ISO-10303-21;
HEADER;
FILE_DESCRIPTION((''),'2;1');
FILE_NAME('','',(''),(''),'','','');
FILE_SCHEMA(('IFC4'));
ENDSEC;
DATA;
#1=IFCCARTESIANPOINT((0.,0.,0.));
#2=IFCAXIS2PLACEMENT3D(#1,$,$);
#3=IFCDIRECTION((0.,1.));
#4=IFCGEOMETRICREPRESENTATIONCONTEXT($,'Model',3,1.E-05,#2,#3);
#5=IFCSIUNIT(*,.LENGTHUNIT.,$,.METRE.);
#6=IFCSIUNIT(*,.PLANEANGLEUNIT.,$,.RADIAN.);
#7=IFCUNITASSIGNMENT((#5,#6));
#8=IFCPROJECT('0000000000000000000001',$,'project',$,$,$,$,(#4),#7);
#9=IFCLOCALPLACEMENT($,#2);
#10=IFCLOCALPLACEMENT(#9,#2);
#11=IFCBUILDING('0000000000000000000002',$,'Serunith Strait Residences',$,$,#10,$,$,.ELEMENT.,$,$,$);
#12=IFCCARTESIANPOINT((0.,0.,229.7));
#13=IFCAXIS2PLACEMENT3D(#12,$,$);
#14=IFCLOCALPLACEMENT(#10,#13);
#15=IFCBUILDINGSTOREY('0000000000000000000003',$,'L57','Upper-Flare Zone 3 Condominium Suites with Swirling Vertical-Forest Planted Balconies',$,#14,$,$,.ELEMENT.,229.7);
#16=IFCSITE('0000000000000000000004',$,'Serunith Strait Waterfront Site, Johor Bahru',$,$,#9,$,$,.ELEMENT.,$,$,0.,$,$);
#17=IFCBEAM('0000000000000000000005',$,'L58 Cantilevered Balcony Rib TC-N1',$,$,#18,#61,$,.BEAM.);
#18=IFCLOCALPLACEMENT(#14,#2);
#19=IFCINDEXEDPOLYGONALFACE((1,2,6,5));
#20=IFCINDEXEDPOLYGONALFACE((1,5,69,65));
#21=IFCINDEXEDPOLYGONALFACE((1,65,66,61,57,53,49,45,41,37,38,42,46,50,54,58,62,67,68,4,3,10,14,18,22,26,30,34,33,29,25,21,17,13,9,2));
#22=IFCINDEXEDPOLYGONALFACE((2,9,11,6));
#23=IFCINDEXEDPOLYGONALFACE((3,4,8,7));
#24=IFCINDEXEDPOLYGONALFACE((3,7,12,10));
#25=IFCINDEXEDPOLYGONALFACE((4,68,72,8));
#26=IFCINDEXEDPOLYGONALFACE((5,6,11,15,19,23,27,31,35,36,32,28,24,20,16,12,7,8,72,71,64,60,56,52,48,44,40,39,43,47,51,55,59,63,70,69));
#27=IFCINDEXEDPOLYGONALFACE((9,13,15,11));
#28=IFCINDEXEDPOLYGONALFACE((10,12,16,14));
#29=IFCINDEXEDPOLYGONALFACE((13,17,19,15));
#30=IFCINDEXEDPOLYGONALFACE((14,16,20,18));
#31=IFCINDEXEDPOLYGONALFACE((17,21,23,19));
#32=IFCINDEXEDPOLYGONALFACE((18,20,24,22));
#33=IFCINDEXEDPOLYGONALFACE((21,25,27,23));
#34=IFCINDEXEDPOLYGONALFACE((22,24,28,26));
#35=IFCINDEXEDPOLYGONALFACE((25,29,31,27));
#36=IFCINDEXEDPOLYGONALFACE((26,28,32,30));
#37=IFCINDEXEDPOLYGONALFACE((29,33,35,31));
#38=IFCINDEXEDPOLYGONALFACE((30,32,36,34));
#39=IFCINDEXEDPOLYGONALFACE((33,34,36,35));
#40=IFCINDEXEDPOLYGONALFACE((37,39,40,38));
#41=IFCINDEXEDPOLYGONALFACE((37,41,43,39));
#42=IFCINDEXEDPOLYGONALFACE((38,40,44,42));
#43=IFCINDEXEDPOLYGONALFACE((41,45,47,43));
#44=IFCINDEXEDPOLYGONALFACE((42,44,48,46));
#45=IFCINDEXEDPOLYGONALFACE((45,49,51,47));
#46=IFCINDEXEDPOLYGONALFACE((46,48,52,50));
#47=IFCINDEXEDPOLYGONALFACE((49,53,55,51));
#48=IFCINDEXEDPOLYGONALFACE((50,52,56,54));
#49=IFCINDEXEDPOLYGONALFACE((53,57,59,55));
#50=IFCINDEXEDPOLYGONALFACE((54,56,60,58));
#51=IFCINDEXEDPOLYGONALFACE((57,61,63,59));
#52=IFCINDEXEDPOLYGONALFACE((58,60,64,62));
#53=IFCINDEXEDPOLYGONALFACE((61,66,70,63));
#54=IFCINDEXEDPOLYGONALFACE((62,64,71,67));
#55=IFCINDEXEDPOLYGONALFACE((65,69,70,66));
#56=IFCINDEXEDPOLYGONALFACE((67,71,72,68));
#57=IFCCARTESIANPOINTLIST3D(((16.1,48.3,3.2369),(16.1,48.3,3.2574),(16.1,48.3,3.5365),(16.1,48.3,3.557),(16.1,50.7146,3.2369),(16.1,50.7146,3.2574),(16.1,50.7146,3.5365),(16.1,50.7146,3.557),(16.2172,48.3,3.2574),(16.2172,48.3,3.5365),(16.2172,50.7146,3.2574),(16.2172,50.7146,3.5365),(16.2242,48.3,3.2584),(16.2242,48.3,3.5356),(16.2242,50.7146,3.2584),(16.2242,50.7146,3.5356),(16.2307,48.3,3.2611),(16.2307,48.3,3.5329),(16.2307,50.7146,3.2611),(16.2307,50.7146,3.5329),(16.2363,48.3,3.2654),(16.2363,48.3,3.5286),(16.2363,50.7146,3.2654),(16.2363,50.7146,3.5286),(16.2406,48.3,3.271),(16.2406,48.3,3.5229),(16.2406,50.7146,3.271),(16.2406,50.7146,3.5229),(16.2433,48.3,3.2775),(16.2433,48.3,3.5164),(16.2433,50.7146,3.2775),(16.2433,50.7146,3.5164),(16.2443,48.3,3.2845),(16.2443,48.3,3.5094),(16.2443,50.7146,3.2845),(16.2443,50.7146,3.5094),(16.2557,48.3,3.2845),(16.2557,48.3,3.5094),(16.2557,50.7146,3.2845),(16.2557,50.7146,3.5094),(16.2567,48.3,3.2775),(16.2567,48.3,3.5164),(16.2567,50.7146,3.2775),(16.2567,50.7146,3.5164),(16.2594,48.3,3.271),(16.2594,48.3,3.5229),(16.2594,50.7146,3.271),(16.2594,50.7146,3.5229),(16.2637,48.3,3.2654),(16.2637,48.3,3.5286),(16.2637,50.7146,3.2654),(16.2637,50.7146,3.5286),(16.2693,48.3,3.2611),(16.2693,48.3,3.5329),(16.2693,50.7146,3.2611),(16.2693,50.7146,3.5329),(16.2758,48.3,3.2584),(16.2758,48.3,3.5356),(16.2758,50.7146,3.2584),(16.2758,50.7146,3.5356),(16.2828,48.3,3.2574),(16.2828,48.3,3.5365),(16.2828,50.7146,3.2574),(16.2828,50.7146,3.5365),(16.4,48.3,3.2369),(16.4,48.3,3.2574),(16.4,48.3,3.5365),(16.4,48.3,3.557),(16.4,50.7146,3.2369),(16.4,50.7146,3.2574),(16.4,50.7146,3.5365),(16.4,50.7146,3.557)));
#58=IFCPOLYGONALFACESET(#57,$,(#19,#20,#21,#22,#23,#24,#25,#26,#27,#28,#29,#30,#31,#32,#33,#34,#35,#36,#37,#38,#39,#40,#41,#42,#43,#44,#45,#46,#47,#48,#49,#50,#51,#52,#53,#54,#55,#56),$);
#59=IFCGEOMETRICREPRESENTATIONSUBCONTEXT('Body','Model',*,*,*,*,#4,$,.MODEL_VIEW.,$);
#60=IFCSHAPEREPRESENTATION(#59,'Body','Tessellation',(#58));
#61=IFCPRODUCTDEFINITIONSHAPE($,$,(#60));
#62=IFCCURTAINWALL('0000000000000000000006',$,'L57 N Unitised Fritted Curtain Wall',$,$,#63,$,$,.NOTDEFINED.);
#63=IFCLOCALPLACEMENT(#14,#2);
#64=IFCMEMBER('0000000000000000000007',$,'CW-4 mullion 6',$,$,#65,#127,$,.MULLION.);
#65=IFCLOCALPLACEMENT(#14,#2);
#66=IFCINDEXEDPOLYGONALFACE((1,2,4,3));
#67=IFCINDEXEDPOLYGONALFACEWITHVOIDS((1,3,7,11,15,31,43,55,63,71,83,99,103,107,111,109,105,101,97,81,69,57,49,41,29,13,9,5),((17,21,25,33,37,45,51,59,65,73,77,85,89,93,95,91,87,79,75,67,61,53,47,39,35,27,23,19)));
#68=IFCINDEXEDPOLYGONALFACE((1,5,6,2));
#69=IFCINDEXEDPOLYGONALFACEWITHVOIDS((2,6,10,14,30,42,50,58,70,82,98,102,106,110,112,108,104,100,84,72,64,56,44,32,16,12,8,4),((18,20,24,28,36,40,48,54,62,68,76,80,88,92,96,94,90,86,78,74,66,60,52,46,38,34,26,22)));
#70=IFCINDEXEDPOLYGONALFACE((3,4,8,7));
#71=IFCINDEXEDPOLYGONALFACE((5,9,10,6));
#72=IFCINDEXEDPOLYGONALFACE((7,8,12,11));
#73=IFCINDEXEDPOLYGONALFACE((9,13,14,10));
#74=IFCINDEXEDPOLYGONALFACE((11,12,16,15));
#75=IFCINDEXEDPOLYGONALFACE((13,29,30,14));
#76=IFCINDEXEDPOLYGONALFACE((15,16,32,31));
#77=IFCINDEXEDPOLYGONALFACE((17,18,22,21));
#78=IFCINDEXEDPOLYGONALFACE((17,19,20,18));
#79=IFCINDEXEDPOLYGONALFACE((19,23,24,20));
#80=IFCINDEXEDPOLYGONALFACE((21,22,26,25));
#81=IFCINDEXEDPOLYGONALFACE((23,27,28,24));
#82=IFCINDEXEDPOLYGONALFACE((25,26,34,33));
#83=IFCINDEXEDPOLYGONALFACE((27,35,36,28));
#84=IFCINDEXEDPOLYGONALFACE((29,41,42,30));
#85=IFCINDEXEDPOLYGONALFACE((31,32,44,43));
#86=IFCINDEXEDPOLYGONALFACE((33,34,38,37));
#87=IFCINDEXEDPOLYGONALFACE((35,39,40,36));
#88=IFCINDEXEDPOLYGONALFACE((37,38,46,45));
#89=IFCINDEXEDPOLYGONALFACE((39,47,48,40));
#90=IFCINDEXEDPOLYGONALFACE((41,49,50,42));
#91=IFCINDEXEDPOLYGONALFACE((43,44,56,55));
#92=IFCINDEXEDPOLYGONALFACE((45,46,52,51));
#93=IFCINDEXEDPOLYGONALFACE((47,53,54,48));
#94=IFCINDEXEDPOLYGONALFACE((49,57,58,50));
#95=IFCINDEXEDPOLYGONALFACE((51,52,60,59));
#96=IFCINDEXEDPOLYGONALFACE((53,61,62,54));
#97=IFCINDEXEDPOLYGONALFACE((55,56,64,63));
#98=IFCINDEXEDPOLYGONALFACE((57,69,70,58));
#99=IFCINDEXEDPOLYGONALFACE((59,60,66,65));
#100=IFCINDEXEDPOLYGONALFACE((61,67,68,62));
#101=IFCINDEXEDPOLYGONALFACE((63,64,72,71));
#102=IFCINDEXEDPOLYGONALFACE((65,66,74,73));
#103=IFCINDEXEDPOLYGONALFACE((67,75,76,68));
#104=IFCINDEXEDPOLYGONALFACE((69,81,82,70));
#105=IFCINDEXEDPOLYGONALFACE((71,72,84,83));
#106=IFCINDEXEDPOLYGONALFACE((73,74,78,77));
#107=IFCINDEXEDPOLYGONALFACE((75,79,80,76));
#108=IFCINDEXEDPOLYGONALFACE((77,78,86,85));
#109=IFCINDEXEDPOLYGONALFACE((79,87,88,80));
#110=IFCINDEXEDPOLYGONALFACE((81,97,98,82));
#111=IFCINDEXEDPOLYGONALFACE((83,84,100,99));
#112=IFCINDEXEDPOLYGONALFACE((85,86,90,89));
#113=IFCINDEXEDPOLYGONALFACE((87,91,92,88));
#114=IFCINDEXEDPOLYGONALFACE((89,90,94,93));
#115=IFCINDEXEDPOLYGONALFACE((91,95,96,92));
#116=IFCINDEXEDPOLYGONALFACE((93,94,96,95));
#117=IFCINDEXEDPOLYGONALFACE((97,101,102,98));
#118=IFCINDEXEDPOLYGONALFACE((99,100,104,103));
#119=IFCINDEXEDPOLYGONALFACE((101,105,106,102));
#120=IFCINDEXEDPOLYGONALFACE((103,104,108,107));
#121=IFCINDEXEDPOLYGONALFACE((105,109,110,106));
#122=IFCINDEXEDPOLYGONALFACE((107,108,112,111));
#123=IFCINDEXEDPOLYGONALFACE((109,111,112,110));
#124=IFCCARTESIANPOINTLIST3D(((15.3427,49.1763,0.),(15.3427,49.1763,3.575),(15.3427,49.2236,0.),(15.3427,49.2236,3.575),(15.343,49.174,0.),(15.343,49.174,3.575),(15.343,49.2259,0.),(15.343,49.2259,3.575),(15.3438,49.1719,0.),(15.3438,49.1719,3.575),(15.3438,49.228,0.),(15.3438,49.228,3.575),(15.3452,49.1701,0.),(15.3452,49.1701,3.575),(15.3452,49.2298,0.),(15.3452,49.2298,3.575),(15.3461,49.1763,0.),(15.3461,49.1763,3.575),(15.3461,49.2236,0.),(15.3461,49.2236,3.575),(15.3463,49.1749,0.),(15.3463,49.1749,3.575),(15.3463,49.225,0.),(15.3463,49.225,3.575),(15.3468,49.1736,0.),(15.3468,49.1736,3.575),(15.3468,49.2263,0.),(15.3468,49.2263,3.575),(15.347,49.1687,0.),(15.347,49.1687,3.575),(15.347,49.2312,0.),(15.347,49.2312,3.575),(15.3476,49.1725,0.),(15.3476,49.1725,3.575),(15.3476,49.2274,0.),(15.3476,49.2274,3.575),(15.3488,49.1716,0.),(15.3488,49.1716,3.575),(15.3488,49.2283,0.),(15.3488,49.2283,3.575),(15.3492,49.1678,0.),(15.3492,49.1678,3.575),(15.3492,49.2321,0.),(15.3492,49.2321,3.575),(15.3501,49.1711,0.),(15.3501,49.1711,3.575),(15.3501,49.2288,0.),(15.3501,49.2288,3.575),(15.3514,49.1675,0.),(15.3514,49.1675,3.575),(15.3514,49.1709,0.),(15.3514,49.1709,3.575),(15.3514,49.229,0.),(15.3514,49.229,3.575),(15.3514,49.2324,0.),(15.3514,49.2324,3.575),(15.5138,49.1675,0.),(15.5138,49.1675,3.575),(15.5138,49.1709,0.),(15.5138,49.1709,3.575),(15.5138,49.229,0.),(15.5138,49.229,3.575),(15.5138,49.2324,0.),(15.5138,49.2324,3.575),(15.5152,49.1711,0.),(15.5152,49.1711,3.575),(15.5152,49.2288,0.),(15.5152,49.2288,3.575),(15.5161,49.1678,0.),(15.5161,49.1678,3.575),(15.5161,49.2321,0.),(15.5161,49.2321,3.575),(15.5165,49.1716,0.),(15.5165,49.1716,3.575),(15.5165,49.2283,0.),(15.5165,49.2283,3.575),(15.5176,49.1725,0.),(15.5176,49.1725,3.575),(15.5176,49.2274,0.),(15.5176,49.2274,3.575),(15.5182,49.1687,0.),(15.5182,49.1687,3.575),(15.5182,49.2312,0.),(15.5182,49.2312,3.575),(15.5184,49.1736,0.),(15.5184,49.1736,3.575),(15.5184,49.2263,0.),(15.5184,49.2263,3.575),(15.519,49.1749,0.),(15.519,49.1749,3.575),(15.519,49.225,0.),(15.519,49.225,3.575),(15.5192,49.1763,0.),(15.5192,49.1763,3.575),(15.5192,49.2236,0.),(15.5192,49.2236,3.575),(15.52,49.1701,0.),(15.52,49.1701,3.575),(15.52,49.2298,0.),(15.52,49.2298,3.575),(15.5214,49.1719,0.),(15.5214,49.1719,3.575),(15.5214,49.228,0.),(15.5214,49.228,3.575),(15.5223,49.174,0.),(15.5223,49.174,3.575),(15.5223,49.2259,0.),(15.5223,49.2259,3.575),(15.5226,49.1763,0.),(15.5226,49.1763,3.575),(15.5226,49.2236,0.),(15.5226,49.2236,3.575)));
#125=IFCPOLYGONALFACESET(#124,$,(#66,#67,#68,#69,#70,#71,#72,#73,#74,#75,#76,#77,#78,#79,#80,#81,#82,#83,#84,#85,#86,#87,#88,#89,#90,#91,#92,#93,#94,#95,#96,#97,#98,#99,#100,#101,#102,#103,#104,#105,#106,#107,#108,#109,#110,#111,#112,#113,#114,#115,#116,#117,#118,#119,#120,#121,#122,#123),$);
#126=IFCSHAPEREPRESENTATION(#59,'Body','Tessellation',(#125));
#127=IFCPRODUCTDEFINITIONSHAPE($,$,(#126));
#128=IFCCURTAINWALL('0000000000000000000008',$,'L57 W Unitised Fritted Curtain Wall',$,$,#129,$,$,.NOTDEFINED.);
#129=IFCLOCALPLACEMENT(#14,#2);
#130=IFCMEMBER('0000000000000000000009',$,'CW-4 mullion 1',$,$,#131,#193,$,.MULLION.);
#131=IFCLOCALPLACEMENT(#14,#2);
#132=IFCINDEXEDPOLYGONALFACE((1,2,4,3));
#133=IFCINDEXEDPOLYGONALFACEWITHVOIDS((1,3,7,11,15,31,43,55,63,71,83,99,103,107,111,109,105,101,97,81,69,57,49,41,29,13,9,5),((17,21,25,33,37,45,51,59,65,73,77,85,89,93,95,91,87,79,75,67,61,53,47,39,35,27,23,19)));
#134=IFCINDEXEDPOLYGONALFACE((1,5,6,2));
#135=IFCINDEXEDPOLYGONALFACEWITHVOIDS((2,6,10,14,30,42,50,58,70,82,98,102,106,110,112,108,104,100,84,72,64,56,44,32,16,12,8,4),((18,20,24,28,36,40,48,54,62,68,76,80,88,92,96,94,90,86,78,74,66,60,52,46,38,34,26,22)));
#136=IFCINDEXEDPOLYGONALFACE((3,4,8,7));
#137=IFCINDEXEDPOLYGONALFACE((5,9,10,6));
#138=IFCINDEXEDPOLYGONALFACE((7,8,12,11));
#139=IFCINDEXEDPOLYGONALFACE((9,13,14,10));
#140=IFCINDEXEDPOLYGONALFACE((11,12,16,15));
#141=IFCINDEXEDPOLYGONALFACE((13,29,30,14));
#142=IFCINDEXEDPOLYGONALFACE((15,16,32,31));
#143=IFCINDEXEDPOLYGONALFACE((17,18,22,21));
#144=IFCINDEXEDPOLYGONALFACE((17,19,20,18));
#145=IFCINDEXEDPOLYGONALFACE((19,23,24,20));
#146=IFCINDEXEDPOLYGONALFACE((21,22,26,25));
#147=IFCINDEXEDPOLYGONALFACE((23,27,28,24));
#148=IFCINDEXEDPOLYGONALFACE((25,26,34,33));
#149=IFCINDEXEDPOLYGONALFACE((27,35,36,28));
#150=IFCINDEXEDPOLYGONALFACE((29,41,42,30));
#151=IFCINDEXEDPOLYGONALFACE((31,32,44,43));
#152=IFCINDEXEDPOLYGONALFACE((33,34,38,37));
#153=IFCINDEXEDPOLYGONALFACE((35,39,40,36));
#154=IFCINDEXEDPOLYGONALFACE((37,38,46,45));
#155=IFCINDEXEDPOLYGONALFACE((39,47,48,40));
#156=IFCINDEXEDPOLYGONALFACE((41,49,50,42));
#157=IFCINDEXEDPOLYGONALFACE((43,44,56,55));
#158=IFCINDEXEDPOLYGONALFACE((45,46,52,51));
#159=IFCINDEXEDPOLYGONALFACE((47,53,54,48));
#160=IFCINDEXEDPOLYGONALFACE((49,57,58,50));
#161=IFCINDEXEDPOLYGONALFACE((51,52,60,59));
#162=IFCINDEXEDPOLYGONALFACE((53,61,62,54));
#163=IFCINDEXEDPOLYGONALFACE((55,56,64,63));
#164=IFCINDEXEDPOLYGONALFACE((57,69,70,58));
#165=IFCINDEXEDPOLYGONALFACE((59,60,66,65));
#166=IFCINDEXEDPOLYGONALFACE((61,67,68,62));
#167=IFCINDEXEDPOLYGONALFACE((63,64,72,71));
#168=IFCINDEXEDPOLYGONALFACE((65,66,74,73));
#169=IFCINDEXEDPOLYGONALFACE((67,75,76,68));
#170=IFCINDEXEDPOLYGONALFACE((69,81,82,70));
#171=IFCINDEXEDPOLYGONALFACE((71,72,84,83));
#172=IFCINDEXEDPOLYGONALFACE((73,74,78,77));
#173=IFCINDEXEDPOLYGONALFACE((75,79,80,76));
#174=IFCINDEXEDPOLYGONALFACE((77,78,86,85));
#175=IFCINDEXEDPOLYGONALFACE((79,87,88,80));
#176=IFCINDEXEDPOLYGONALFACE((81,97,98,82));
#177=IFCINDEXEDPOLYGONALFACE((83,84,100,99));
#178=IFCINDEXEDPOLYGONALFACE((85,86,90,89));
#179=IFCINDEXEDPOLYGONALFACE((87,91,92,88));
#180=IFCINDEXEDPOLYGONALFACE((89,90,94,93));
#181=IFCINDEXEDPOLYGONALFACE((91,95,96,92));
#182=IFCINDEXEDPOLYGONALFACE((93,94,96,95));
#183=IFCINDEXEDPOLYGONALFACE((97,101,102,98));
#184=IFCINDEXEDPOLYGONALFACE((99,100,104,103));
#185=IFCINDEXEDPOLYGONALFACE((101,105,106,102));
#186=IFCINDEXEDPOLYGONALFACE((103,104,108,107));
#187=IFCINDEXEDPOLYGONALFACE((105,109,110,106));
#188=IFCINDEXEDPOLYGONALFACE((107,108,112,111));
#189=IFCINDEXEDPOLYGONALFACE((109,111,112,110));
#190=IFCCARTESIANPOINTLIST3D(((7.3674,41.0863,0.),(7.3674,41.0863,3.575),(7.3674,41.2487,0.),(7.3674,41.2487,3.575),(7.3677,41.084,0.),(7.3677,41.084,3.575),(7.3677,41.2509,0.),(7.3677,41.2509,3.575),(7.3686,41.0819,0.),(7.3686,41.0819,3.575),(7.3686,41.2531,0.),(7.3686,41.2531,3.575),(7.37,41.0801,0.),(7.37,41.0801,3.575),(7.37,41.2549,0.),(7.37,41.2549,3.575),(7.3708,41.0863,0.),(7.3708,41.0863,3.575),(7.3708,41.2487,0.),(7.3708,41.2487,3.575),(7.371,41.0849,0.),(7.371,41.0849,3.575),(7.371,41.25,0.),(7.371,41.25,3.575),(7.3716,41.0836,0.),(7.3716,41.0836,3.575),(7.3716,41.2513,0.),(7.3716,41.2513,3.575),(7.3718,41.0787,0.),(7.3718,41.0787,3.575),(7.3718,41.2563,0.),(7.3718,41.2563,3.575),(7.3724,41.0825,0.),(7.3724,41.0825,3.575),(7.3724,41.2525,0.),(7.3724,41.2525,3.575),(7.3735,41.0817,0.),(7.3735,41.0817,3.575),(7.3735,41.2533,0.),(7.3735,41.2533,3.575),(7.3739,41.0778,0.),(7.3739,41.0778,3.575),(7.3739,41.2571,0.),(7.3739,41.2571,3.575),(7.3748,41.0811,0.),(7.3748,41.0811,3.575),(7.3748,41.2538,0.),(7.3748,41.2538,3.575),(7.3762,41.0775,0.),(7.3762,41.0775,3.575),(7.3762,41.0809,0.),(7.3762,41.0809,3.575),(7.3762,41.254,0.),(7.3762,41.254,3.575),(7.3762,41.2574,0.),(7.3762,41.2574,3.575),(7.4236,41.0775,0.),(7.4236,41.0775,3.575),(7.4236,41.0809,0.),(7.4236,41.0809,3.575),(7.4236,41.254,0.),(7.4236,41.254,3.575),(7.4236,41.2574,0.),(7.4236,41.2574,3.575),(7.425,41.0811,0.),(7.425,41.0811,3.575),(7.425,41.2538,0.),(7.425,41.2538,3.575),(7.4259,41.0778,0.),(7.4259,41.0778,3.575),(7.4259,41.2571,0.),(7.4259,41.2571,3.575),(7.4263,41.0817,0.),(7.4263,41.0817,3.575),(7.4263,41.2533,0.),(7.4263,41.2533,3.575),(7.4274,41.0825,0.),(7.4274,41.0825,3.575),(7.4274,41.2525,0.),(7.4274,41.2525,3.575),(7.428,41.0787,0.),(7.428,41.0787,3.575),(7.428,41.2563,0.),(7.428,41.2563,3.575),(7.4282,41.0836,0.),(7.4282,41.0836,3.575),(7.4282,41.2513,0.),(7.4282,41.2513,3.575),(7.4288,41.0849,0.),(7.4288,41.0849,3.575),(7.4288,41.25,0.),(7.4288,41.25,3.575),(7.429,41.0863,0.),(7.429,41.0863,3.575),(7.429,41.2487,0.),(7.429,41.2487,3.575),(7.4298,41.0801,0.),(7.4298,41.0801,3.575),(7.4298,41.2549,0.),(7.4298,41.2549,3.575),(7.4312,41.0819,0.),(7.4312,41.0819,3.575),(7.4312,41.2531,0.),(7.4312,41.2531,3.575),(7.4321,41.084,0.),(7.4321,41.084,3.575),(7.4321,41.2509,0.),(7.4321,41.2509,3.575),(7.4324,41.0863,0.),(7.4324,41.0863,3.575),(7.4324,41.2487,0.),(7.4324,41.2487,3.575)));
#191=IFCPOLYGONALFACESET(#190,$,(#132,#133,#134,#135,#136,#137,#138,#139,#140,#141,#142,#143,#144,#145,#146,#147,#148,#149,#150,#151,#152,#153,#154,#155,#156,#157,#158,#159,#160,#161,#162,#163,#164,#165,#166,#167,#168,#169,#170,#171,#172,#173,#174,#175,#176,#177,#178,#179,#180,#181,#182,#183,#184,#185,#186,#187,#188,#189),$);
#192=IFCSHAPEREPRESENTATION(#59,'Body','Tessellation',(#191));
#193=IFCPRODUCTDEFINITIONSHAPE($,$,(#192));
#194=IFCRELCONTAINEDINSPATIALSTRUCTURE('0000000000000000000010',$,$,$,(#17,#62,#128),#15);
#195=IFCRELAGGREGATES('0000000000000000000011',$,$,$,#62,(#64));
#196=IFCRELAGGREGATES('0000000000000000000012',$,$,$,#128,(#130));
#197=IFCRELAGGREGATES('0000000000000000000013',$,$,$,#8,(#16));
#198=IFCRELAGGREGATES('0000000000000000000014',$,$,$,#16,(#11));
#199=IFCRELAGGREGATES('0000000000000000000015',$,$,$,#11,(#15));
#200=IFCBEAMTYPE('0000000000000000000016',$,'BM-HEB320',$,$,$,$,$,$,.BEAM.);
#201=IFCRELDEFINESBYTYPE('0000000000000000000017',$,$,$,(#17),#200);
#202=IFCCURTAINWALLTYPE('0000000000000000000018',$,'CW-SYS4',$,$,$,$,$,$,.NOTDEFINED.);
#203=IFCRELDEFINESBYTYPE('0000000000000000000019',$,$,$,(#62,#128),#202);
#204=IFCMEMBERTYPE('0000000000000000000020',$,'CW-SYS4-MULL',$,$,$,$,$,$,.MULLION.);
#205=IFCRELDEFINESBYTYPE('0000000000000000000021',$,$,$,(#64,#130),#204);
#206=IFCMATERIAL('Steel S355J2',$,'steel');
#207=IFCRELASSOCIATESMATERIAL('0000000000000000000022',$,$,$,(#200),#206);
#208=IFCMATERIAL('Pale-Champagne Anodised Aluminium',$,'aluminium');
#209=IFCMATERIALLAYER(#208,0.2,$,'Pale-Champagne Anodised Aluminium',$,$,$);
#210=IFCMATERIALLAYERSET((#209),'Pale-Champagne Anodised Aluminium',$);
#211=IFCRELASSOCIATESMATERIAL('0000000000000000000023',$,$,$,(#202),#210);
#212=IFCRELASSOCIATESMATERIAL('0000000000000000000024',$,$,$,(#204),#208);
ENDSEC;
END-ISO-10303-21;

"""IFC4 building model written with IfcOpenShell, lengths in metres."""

from ifc_helpers import new_model, si_unit, direction, frame, origin, origin_2d, place, context, subcontext, project, spatial, hollow_rectangle, i_section, extrude, source, transform, mapped, material, layer, layer_set, material_profile, profile_set, type_object, element, aggregate, save


model = new_model("IFC4")

# Units and contexts
model_context = context("Model", 3, precision=1e-05, world=origin(), true_north=direction((0.0, 1.0)))
body_context = subcontext(model_context, "Body", "Model", "MODEL_VIEW")
ifc_project = project(units=[si_unit("LENGTHUNIT", "METRE"), si_unit("PLANEANGLEUNIT", "RADIAN")], contexts=[model_context])

# Site, building, storey
site_placement = place(None, origin())
site = spatial("IfcSite", under=ifc_project, at=site_placement, Name="Serunith Strait Waterfront Site, Johor Bahru", CompositionType="ELEMENT", RefElevation=0.0)
building_placement = place(site_placement, origin())
building = spatial("IfcBuilding", under=site, at=building_placement, Name="Serunith Strait Residences", CompositionType="ELEMENT")
storey_placement = place(building_placement, frame((0.0, 0.0, 229.7)))
storey = spatial("IfcBuildingStorey", under=building, at=storey_placement, Name="L57", Description="Upper-Flare Zone 3 Condominium Suites with Swirling Vertical-Forest Planted Balconies", CompositionType="ELEMENT", Elevation=229.7)

# Beam
ifc_material_1 = material(Name="Steel S355J2", Category="steel")
ifc_material_profile_1 = material_profile(ifc_material_1, i_section(OverallWidth=0.3, OverallDepth=0.3201, WebThickness=0.0115, FlangeThickness=0.0205, FilletRadius=0.0271, at=origin_2d()), Name="HEB 320")
ifc_profile_set_1 = profile_set([ifc_material_profile_1], Name="Steel S355J2")
beam_type_1 = type_object("IfcBeamType", Name="BM-HEB320", PredefinedType="BEAM", material=ifc_profile_set_1)
shared_shape_1 = source(origin(), body_context, "Body", "SweptSolid", [
    extrude(i_section(OverallWidth=0.3, OverallDepth=0.3201, WebThickness=0.0115, FlangeThickness=0.0205, FilletRadius=0.0271, at=origin_2d()), origin(), (0.0, 0.0, 1.0), 2.4146),
])
beam_1_placement = place(storey_placement, frame((16.25, 48.3, 3.397), z_axis=(0.0, 1.0, 0.0), x_axis=(-1.0, 0.0, 0.0)))
element("IfcBeam", 1, at=beam_1_placement, inside=storey, type_object=beam_type_1, Name="L58 Cantilevered Balcony Rib TC-N1", PredefinedType="BEAM", context=body_context, shape_type="MappedRepresentation", body=[
    mapped(shared_shape_1, transform((0.0, 0.0, 0.0), scale=1.0)),
])

# Curtain wall, member
ifc_material_2 = material(Name="Pale-Champagne Anodised Aluminium", Category="aluminium")
ifc_layer_1 = layer(ifc_material_2, 0.2, Name="Pale-Champagne Anodised Aluminium")
ifc_layer_set_1 = layer_set([ifc_layer_1], Name="Pale-Champagne Anodised Aluminium")
curtain_wall_type = type_object("IfcCurtainWallType", Name="CW-SYS4", PredefinedType="NOTDEFINED", material=ifc_layer_set_1)
curtain_wall_1_placement = place(storey_placement, origin())
curtain_wall_1 = element("IfcCurtainWall", 2, at=curtain_wall_1_placement, inside=storey, type_object=curtain_wall_type, Name="L57 N Unitised Fritted Curtain Wall", PredefinedType="NOTDEFINED")
ifc_material_profile_2 = material_profile(ifc_material_2, hollow_rectangle(XDim=0.0649, YDim=0.1799, WallThickness=0.0034, InnerFilletRadius=0.0054, OuterFilletRadius=0.0088, at=origin_2d()), Name="ALU 180x65x3.5")
ifc_profile_set_2 = profile_set([ifc_material_profile_2], Name="Pale-Champagne Anodised Aluminium")
member_type_1 = type_object("IfcMemberType", Name="CW-SYS4-MULL", PredefinedType="MULLION", material=ifc_profile_set_2)
shared_shape_2 = source(origin(), body_context, "Body", "SweptSolid", [
    extrude(hollow_rectangle(XDim=0.0649, YDim=0.1799, WallThickness=0.0034, InnerFilletRadius=0.0054, OuterFilletRadius=0.0088, at=origin_2d()), origin(), (0.0, 0.0, 1.0), 3.575),
])
member_1_placement = place(storey_placement, frame((15.4326, 49.2, 0.0), z_axis=(0.0, 0.0, 1.0), x_axis=(0.0, -1.0, 0.0)))
member_1 = element("IfcMember", 3, at=member_1_placement, type_object=member_type_1, Name="CW-4 mullion 6", PredefinedType="MULLION", context=body_context, shape_type="MappedRepresentation", body=[
    mapped(shared_shape_2, transform((0.0, 0.0, 0.0), scale=1.0)),
])
aggregate(curtain_wall_1, [member_1])

# Curtain wall, member
curtain_wall_2_placement = place(storey_placement, origin())
curtain_wall_2 = element("IfcCurtainWall", 4, at=curtain_wall_2_placement, inside=storey, type_object=curtain_wall_type, Name="L57 W Unitised Fritted Curtain Wall", PredefinedType="NOTDEFINED")
member_2_placement = place(storey_placement, frame((7.3999, 41.1675, 0.0), z_axis=(0.0, 0.0, 1.0), x_axis=(1.0, 0.0, 0.0)))
member_2 = element("IfcMember", 5, at=member_2_placement, type_object=member_type_1, Name="CW-4 mullion 1", PredefinedType="MULLION", context=body_context, shape_type="MappedRepresentation", body=[
    mapped(shared_shape_2, transform((0.0, 0.0, 0.0), scale=1.0)),
])
aggregate(curtain_wall_2, [member_2])

save(model, "model.ifc")
